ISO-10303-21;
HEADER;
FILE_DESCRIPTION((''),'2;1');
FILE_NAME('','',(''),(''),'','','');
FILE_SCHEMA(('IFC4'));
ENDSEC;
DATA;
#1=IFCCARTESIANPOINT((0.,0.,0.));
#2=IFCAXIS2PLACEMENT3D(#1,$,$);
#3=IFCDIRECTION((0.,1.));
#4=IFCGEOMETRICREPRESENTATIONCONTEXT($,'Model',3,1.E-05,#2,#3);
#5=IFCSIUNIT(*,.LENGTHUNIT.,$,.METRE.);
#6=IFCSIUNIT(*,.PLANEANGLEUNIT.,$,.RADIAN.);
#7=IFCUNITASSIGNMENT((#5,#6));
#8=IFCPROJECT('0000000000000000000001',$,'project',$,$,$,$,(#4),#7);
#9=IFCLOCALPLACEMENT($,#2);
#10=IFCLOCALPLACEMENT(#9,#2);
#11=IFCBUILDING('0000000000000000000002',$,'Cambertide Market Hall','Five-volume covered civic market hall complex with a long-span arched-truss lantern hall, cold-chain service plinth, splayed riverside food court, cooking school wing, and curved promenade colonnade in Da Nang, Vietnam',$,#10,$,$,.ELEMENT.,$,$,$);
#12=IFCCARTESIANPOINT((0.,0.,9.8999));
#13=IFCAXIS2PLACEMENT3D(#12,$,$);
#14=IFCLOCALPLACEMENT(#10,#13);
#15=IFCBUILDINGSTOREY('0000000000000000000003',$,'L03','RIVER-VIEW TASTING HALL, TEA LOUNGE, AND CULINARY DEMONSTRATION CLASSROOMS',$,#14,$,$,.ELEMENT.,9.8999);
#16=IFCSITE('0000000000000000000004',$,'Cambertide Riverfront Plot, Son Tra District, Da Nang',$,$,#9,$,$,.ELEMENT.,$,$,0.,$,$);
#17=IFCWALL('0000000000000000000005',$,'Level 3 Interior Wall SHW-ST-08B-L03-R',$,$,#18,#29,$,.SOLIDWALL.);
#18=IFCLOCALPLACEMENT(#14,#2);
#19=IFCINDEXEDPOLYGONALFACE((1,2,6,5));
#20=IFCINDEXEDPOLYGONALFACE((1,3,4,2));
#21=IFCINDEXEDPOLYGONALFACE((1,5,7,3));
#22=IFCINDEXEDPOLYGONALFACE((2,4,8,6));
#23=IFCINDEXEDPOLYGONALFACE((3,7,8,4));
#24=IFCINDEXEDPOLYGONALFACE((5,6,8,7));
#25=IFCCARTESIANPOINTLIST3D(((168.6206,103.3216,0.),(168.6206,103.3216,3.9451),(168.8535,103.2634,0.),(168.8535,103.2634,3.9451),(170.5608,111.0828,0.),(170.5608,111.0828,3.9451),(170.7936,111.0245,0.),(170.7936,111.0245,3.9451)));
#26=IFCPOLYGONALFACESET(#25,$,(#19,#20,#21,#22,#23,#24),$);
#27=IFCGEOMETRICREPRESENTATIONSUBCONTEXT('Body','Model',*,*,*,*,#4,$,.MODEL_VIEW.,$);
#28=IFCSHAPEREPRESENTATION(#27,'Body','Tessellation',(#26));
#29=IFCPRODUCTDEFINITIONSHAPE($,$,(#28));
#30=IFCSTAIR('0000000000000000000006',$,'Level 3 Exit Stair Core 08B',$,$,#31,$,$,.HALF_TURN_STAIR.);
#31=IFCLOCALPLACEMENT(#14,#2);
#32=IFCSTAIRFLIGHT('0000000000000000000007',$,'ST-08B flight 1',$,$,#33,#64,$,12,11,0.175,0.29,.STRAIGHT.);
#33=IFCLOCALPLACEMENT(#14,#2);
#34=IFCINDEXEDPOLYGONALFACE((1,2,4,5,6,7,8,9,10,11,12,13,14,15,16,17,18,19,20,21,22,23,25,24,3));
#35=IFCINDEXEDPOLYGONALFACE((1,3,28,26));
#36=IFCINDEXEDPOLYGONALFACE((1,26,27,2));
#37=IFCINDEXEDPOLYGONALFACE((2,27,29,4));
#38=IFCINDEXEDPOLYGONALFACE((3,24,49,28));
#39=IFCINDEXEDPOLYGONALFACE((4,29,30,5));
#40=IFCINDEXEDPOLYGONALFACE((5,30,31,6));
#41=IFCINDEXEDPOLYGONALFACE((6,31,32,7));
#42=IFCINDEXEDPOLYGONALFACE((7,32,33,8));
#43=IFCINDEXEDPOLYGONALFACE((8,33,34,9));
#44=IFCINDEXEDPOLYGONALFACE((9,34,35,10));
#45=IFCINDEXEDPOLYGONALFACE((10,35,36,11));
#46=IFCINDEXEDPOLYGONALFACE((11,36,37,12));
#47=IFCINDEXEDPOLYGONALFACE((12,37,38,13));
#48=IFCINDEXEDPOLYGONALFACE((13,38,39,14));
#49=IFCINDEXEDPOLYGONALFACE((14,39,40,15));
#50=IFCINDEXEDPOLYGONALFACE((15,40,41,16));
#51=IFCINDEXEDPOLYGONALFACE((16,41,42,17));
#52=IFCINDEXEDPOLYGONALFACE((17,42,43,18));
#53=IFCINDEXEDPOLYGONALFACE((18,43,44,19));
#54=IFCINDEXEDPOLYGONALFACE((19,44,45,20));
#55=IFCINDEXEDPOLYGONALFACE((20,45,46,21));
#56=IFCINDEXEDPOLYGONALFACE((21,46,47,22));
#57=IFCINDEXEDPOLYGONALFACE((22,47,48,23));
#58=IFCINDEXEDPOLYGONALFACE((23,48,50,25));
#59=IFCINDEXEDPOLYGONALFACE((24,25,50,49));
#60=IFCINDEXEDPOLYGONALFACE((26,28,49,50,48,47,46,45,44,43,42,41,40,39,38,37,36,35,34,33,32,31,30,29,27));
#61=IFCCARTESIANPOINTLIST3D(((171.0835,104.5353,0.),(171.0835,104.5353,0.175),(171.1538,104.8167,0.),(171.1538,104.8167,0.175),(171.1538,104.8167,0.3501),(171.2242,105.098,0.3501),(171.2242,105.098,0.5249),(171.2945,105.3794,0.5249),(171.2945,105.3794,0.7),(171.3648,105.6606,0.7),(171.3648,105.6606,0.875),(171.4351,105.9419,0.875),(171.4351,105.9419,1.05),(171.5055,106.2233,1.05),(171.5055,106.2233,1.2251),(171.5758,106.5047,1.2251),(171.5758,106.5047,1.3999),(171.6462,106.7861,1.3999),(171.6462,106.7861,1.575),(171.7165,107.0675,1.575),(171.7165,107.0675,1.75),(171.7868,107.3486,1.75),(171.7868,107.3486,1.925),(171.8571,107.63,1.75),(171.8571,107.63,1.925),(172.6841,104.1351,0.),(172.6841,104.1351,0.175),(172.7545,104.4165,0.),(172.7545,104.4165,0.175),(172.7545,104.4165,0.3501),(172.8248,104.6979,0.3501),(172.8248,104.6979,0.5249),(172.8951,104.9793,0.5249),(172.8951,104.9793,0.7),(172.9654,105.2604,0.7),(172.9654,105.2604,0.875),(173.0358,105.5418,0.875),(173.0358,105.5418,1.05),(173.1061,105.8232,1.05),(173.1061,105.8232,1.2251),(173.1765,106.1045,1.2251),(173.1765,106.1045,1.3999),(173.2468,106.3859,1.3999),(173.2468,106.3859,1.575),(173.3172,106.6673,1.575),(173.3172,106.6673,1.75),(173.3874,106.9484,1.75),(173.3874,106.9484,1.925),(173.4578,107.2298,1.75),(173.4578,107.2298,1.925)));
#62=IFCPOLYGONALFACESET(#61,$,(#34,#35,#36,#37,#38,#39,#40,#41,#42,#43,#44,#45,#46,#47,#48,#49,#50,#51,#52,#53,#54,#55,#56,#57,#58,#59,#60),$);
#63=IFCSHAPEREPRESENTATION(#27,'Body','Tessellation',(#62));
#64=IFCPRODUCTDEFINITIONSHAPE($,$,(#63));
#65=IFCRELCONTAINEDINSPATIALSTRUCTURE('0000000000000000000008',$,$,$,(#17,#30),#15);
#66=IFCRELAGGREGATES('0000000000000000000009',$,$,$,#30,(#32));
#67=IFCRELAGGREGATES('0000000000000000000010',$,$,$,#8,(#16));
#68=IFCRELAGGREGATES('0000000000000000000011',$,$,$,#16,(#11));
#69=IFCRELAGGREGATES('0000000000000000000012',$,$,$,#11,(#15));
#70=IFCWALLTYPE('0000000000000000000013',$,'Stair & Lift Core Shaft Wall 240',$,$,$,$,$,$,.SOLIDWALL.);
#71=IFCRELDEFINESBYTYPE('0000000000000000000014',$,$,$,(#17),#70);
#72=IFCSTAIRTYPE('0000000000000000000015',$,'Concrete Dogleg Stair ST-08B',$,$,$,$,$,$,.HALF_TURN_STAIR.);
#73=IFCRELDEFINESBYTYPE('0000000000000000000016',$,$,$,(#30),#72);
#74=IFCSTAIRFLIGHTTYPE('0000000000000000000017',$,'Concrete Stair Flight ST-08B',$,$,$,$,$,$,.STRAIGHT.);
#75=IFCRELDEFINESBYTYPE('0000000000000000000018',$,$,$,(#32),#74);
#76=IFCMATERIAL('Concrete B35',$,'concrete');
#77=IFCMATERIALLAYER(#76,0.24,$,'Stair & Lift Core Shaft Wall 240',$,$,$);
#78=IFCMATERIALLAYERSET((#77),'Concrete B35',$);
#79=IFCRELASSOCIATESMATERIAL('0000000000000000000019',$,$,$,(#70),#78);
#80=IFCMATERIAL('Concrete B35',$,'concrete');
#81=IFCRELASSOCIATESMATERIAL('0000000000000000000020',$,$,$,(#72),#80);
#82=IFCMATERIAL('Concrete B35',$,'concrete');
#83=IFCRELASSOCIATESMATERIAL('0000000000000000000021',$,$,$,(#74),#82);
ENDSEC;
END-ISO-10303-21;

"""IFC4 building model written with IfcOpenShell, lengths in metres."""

from ifc_helpers import new_model, si_unit, direction, frame, frame_2d, origin, place, context, subcontext, project, spatial, polyline, rectangle, outline, extrude, material, layer, layer_set, type_object, element, aggregate, save


model = new_model("IFC4")

# Units and contexts
model_context = context("Model", 3, precision=1e-05, world=origin(), true_north=direction((0.0, 1.0)))
body_context = subcontext(model_context, "Body", "Model", "MODEL_VIEW")
ifc_project = project(units=[si_unit("LENGTHUNIT", "METRE"), si_unit("PLANEANGLEUNIT", "RADIAN")], contexts=[model_context])

# Site, building, storey
site_placement = place(None, origin())
site = spatial("IfcSite", under=ifc_project, at=site_placement, Name="Cambertide Riverfront Plot, Son Tra District, Da Nang", CompositionType="ELEMENT", RefElevation=0.0)
building_placement = place(site_placement, origin())
building = spatial("IfcBuilding", under=site, at=building_placement, Name="Cambertide Market Hall", Description="Five-volume covered civic market hall complex with a long-span arched-truss lantern hall, cold-chain service plinth, splayed riverside food court, cooking school wing, and curved promenade colonnade in Da Nang, Vietnam", CompositionType="ELEMENT")
storey_placement = place(building_placement, frame((0.0, 0.0, 9.8999)))
storey = spatial("IfcBuildingStorey", under=building, at=storey_placement, Name="L03", Description="RIVER-VIEW TASTING HALL, TEA LOUNGE, AND CULINARY DEMONSTRATION CLASSROOMS", CompositionType="ELEMENT", Elevation=9.8999)

# Shared definitions
ifc_material_1 = material(Name="Concrete B35", Category="concrete")
ifc_layer_1 = layer(ifc_material_1, 0.24, Name="Stair & Lift Core Shaft Wall 240")
ifc_layer_set_1 = layer_set([ifc_layer_1], Name="Concrete B35")
wall_type = type_object("IfcWallType", Name="Stair & Lift Core Shaft Wall 240", PredefinedType="SOLIDWALL", material=ifc_layer_set_1)

# Wall
wall_1_placement = place(storey_placement, frame((168.7371, 103.2925, 0.0), z_axis=(0.0, 0.0, 1.0), x_axis=(0.242521, 0.970146, 0.0)))
element("IfcWall", 1, at=wall_1_placement, inside=storey, type_object=wall_type, Name="Level 3 Interior Wall SHW-ST-08B-L03-R", PredefinedType="SOLIDWALL", context=body_context, shape_type="SweptSolid", body=[
    extrude(rectangle(XDim=8.0, YDim=0.24, at=frame_2d((4.0, 0.0))), origin(), (0.0, 0.0, 1.0), 3.9451),
])

# Stair, stair flight
ifc_material_2 = material(Name="Concrete B35", Category="concrete")
stair_type = type_object("IfcStairType", Name="Concrete Dogleg Stair ST-08B", PredefinedType="HALF_TURN_STAIR", material=ifc_material_2)
stair_placement = place(storey_placement, origin())
stair = element("IfcStair", 2, at=stair_placement, inside=storey, type_object=stair_type, Name="Level 3 Exit Stair Core 08B", PredefinedType="HALF_TURN_STAIR")
ifc_material_3 = material(Name="Concrete B35", Category="concrete")
stair_flight_type = type_object("IfcStairFlightType", Name="Concrete Stair Flight ST-08B", PredefinedType="STRAIGHT", material=ifc_material_3)
stair_flight_placement = place(storey_placement, frame((171.8838, 104.3352, 0.0), z_axis=(0.0, 0.0, 1.0), x_axis=(0.242536, 0.970143, 0.0)))
stair_flight = element("IfcStairFlight", 3, at=stair_flight_placement, type_object=stair_flight_type, Name="ST-08B flight 1", NumberOfRisers=12, NumberOfTreads=11, PredefinedType="STRAIGHT", RiserHeight=0.175, TreadLength=0.29, context=body_context, shape_type="SweptSolid", body=[
    extrude(outline(polyline([(0.0, 0.0), (0.0, 0.175), (0.29, 0.175), (0.29, 0.3501), (0.5801, 0.3501), (0.5801, 0.5249), (0.8701, 0.5249), (0.8701, 0.7), (1.1599, 0.7), (1.1599, 0.875), (1.45, 0.875), (1.45, 1.05), (1.74, 1.05), (1.74, 1.2251), (2.03, 1.2251), (2.03, 1.3999), (2.3201, 1.3999), (2.3201, 1.575), (2.6101, 1.575), (2.6101, 1.75), (2.8999, 1.75), (2.8999, 1.925), (3.1899, 1.925), (3.1899, 2.1001), (3.1899, 1.75), (0.29, 0.0), (0.0, 0.0)])), frame((0.0, 0.825, 0.0), z_axis=(0.0, -1.0, 0.0), x_axis=(1.0, 0.0, 0.0)), (0.0, 0.0, 1.0), 1.6499),
])
aggregate(stair, [stair_flight])

save(model, "model.ifc")
